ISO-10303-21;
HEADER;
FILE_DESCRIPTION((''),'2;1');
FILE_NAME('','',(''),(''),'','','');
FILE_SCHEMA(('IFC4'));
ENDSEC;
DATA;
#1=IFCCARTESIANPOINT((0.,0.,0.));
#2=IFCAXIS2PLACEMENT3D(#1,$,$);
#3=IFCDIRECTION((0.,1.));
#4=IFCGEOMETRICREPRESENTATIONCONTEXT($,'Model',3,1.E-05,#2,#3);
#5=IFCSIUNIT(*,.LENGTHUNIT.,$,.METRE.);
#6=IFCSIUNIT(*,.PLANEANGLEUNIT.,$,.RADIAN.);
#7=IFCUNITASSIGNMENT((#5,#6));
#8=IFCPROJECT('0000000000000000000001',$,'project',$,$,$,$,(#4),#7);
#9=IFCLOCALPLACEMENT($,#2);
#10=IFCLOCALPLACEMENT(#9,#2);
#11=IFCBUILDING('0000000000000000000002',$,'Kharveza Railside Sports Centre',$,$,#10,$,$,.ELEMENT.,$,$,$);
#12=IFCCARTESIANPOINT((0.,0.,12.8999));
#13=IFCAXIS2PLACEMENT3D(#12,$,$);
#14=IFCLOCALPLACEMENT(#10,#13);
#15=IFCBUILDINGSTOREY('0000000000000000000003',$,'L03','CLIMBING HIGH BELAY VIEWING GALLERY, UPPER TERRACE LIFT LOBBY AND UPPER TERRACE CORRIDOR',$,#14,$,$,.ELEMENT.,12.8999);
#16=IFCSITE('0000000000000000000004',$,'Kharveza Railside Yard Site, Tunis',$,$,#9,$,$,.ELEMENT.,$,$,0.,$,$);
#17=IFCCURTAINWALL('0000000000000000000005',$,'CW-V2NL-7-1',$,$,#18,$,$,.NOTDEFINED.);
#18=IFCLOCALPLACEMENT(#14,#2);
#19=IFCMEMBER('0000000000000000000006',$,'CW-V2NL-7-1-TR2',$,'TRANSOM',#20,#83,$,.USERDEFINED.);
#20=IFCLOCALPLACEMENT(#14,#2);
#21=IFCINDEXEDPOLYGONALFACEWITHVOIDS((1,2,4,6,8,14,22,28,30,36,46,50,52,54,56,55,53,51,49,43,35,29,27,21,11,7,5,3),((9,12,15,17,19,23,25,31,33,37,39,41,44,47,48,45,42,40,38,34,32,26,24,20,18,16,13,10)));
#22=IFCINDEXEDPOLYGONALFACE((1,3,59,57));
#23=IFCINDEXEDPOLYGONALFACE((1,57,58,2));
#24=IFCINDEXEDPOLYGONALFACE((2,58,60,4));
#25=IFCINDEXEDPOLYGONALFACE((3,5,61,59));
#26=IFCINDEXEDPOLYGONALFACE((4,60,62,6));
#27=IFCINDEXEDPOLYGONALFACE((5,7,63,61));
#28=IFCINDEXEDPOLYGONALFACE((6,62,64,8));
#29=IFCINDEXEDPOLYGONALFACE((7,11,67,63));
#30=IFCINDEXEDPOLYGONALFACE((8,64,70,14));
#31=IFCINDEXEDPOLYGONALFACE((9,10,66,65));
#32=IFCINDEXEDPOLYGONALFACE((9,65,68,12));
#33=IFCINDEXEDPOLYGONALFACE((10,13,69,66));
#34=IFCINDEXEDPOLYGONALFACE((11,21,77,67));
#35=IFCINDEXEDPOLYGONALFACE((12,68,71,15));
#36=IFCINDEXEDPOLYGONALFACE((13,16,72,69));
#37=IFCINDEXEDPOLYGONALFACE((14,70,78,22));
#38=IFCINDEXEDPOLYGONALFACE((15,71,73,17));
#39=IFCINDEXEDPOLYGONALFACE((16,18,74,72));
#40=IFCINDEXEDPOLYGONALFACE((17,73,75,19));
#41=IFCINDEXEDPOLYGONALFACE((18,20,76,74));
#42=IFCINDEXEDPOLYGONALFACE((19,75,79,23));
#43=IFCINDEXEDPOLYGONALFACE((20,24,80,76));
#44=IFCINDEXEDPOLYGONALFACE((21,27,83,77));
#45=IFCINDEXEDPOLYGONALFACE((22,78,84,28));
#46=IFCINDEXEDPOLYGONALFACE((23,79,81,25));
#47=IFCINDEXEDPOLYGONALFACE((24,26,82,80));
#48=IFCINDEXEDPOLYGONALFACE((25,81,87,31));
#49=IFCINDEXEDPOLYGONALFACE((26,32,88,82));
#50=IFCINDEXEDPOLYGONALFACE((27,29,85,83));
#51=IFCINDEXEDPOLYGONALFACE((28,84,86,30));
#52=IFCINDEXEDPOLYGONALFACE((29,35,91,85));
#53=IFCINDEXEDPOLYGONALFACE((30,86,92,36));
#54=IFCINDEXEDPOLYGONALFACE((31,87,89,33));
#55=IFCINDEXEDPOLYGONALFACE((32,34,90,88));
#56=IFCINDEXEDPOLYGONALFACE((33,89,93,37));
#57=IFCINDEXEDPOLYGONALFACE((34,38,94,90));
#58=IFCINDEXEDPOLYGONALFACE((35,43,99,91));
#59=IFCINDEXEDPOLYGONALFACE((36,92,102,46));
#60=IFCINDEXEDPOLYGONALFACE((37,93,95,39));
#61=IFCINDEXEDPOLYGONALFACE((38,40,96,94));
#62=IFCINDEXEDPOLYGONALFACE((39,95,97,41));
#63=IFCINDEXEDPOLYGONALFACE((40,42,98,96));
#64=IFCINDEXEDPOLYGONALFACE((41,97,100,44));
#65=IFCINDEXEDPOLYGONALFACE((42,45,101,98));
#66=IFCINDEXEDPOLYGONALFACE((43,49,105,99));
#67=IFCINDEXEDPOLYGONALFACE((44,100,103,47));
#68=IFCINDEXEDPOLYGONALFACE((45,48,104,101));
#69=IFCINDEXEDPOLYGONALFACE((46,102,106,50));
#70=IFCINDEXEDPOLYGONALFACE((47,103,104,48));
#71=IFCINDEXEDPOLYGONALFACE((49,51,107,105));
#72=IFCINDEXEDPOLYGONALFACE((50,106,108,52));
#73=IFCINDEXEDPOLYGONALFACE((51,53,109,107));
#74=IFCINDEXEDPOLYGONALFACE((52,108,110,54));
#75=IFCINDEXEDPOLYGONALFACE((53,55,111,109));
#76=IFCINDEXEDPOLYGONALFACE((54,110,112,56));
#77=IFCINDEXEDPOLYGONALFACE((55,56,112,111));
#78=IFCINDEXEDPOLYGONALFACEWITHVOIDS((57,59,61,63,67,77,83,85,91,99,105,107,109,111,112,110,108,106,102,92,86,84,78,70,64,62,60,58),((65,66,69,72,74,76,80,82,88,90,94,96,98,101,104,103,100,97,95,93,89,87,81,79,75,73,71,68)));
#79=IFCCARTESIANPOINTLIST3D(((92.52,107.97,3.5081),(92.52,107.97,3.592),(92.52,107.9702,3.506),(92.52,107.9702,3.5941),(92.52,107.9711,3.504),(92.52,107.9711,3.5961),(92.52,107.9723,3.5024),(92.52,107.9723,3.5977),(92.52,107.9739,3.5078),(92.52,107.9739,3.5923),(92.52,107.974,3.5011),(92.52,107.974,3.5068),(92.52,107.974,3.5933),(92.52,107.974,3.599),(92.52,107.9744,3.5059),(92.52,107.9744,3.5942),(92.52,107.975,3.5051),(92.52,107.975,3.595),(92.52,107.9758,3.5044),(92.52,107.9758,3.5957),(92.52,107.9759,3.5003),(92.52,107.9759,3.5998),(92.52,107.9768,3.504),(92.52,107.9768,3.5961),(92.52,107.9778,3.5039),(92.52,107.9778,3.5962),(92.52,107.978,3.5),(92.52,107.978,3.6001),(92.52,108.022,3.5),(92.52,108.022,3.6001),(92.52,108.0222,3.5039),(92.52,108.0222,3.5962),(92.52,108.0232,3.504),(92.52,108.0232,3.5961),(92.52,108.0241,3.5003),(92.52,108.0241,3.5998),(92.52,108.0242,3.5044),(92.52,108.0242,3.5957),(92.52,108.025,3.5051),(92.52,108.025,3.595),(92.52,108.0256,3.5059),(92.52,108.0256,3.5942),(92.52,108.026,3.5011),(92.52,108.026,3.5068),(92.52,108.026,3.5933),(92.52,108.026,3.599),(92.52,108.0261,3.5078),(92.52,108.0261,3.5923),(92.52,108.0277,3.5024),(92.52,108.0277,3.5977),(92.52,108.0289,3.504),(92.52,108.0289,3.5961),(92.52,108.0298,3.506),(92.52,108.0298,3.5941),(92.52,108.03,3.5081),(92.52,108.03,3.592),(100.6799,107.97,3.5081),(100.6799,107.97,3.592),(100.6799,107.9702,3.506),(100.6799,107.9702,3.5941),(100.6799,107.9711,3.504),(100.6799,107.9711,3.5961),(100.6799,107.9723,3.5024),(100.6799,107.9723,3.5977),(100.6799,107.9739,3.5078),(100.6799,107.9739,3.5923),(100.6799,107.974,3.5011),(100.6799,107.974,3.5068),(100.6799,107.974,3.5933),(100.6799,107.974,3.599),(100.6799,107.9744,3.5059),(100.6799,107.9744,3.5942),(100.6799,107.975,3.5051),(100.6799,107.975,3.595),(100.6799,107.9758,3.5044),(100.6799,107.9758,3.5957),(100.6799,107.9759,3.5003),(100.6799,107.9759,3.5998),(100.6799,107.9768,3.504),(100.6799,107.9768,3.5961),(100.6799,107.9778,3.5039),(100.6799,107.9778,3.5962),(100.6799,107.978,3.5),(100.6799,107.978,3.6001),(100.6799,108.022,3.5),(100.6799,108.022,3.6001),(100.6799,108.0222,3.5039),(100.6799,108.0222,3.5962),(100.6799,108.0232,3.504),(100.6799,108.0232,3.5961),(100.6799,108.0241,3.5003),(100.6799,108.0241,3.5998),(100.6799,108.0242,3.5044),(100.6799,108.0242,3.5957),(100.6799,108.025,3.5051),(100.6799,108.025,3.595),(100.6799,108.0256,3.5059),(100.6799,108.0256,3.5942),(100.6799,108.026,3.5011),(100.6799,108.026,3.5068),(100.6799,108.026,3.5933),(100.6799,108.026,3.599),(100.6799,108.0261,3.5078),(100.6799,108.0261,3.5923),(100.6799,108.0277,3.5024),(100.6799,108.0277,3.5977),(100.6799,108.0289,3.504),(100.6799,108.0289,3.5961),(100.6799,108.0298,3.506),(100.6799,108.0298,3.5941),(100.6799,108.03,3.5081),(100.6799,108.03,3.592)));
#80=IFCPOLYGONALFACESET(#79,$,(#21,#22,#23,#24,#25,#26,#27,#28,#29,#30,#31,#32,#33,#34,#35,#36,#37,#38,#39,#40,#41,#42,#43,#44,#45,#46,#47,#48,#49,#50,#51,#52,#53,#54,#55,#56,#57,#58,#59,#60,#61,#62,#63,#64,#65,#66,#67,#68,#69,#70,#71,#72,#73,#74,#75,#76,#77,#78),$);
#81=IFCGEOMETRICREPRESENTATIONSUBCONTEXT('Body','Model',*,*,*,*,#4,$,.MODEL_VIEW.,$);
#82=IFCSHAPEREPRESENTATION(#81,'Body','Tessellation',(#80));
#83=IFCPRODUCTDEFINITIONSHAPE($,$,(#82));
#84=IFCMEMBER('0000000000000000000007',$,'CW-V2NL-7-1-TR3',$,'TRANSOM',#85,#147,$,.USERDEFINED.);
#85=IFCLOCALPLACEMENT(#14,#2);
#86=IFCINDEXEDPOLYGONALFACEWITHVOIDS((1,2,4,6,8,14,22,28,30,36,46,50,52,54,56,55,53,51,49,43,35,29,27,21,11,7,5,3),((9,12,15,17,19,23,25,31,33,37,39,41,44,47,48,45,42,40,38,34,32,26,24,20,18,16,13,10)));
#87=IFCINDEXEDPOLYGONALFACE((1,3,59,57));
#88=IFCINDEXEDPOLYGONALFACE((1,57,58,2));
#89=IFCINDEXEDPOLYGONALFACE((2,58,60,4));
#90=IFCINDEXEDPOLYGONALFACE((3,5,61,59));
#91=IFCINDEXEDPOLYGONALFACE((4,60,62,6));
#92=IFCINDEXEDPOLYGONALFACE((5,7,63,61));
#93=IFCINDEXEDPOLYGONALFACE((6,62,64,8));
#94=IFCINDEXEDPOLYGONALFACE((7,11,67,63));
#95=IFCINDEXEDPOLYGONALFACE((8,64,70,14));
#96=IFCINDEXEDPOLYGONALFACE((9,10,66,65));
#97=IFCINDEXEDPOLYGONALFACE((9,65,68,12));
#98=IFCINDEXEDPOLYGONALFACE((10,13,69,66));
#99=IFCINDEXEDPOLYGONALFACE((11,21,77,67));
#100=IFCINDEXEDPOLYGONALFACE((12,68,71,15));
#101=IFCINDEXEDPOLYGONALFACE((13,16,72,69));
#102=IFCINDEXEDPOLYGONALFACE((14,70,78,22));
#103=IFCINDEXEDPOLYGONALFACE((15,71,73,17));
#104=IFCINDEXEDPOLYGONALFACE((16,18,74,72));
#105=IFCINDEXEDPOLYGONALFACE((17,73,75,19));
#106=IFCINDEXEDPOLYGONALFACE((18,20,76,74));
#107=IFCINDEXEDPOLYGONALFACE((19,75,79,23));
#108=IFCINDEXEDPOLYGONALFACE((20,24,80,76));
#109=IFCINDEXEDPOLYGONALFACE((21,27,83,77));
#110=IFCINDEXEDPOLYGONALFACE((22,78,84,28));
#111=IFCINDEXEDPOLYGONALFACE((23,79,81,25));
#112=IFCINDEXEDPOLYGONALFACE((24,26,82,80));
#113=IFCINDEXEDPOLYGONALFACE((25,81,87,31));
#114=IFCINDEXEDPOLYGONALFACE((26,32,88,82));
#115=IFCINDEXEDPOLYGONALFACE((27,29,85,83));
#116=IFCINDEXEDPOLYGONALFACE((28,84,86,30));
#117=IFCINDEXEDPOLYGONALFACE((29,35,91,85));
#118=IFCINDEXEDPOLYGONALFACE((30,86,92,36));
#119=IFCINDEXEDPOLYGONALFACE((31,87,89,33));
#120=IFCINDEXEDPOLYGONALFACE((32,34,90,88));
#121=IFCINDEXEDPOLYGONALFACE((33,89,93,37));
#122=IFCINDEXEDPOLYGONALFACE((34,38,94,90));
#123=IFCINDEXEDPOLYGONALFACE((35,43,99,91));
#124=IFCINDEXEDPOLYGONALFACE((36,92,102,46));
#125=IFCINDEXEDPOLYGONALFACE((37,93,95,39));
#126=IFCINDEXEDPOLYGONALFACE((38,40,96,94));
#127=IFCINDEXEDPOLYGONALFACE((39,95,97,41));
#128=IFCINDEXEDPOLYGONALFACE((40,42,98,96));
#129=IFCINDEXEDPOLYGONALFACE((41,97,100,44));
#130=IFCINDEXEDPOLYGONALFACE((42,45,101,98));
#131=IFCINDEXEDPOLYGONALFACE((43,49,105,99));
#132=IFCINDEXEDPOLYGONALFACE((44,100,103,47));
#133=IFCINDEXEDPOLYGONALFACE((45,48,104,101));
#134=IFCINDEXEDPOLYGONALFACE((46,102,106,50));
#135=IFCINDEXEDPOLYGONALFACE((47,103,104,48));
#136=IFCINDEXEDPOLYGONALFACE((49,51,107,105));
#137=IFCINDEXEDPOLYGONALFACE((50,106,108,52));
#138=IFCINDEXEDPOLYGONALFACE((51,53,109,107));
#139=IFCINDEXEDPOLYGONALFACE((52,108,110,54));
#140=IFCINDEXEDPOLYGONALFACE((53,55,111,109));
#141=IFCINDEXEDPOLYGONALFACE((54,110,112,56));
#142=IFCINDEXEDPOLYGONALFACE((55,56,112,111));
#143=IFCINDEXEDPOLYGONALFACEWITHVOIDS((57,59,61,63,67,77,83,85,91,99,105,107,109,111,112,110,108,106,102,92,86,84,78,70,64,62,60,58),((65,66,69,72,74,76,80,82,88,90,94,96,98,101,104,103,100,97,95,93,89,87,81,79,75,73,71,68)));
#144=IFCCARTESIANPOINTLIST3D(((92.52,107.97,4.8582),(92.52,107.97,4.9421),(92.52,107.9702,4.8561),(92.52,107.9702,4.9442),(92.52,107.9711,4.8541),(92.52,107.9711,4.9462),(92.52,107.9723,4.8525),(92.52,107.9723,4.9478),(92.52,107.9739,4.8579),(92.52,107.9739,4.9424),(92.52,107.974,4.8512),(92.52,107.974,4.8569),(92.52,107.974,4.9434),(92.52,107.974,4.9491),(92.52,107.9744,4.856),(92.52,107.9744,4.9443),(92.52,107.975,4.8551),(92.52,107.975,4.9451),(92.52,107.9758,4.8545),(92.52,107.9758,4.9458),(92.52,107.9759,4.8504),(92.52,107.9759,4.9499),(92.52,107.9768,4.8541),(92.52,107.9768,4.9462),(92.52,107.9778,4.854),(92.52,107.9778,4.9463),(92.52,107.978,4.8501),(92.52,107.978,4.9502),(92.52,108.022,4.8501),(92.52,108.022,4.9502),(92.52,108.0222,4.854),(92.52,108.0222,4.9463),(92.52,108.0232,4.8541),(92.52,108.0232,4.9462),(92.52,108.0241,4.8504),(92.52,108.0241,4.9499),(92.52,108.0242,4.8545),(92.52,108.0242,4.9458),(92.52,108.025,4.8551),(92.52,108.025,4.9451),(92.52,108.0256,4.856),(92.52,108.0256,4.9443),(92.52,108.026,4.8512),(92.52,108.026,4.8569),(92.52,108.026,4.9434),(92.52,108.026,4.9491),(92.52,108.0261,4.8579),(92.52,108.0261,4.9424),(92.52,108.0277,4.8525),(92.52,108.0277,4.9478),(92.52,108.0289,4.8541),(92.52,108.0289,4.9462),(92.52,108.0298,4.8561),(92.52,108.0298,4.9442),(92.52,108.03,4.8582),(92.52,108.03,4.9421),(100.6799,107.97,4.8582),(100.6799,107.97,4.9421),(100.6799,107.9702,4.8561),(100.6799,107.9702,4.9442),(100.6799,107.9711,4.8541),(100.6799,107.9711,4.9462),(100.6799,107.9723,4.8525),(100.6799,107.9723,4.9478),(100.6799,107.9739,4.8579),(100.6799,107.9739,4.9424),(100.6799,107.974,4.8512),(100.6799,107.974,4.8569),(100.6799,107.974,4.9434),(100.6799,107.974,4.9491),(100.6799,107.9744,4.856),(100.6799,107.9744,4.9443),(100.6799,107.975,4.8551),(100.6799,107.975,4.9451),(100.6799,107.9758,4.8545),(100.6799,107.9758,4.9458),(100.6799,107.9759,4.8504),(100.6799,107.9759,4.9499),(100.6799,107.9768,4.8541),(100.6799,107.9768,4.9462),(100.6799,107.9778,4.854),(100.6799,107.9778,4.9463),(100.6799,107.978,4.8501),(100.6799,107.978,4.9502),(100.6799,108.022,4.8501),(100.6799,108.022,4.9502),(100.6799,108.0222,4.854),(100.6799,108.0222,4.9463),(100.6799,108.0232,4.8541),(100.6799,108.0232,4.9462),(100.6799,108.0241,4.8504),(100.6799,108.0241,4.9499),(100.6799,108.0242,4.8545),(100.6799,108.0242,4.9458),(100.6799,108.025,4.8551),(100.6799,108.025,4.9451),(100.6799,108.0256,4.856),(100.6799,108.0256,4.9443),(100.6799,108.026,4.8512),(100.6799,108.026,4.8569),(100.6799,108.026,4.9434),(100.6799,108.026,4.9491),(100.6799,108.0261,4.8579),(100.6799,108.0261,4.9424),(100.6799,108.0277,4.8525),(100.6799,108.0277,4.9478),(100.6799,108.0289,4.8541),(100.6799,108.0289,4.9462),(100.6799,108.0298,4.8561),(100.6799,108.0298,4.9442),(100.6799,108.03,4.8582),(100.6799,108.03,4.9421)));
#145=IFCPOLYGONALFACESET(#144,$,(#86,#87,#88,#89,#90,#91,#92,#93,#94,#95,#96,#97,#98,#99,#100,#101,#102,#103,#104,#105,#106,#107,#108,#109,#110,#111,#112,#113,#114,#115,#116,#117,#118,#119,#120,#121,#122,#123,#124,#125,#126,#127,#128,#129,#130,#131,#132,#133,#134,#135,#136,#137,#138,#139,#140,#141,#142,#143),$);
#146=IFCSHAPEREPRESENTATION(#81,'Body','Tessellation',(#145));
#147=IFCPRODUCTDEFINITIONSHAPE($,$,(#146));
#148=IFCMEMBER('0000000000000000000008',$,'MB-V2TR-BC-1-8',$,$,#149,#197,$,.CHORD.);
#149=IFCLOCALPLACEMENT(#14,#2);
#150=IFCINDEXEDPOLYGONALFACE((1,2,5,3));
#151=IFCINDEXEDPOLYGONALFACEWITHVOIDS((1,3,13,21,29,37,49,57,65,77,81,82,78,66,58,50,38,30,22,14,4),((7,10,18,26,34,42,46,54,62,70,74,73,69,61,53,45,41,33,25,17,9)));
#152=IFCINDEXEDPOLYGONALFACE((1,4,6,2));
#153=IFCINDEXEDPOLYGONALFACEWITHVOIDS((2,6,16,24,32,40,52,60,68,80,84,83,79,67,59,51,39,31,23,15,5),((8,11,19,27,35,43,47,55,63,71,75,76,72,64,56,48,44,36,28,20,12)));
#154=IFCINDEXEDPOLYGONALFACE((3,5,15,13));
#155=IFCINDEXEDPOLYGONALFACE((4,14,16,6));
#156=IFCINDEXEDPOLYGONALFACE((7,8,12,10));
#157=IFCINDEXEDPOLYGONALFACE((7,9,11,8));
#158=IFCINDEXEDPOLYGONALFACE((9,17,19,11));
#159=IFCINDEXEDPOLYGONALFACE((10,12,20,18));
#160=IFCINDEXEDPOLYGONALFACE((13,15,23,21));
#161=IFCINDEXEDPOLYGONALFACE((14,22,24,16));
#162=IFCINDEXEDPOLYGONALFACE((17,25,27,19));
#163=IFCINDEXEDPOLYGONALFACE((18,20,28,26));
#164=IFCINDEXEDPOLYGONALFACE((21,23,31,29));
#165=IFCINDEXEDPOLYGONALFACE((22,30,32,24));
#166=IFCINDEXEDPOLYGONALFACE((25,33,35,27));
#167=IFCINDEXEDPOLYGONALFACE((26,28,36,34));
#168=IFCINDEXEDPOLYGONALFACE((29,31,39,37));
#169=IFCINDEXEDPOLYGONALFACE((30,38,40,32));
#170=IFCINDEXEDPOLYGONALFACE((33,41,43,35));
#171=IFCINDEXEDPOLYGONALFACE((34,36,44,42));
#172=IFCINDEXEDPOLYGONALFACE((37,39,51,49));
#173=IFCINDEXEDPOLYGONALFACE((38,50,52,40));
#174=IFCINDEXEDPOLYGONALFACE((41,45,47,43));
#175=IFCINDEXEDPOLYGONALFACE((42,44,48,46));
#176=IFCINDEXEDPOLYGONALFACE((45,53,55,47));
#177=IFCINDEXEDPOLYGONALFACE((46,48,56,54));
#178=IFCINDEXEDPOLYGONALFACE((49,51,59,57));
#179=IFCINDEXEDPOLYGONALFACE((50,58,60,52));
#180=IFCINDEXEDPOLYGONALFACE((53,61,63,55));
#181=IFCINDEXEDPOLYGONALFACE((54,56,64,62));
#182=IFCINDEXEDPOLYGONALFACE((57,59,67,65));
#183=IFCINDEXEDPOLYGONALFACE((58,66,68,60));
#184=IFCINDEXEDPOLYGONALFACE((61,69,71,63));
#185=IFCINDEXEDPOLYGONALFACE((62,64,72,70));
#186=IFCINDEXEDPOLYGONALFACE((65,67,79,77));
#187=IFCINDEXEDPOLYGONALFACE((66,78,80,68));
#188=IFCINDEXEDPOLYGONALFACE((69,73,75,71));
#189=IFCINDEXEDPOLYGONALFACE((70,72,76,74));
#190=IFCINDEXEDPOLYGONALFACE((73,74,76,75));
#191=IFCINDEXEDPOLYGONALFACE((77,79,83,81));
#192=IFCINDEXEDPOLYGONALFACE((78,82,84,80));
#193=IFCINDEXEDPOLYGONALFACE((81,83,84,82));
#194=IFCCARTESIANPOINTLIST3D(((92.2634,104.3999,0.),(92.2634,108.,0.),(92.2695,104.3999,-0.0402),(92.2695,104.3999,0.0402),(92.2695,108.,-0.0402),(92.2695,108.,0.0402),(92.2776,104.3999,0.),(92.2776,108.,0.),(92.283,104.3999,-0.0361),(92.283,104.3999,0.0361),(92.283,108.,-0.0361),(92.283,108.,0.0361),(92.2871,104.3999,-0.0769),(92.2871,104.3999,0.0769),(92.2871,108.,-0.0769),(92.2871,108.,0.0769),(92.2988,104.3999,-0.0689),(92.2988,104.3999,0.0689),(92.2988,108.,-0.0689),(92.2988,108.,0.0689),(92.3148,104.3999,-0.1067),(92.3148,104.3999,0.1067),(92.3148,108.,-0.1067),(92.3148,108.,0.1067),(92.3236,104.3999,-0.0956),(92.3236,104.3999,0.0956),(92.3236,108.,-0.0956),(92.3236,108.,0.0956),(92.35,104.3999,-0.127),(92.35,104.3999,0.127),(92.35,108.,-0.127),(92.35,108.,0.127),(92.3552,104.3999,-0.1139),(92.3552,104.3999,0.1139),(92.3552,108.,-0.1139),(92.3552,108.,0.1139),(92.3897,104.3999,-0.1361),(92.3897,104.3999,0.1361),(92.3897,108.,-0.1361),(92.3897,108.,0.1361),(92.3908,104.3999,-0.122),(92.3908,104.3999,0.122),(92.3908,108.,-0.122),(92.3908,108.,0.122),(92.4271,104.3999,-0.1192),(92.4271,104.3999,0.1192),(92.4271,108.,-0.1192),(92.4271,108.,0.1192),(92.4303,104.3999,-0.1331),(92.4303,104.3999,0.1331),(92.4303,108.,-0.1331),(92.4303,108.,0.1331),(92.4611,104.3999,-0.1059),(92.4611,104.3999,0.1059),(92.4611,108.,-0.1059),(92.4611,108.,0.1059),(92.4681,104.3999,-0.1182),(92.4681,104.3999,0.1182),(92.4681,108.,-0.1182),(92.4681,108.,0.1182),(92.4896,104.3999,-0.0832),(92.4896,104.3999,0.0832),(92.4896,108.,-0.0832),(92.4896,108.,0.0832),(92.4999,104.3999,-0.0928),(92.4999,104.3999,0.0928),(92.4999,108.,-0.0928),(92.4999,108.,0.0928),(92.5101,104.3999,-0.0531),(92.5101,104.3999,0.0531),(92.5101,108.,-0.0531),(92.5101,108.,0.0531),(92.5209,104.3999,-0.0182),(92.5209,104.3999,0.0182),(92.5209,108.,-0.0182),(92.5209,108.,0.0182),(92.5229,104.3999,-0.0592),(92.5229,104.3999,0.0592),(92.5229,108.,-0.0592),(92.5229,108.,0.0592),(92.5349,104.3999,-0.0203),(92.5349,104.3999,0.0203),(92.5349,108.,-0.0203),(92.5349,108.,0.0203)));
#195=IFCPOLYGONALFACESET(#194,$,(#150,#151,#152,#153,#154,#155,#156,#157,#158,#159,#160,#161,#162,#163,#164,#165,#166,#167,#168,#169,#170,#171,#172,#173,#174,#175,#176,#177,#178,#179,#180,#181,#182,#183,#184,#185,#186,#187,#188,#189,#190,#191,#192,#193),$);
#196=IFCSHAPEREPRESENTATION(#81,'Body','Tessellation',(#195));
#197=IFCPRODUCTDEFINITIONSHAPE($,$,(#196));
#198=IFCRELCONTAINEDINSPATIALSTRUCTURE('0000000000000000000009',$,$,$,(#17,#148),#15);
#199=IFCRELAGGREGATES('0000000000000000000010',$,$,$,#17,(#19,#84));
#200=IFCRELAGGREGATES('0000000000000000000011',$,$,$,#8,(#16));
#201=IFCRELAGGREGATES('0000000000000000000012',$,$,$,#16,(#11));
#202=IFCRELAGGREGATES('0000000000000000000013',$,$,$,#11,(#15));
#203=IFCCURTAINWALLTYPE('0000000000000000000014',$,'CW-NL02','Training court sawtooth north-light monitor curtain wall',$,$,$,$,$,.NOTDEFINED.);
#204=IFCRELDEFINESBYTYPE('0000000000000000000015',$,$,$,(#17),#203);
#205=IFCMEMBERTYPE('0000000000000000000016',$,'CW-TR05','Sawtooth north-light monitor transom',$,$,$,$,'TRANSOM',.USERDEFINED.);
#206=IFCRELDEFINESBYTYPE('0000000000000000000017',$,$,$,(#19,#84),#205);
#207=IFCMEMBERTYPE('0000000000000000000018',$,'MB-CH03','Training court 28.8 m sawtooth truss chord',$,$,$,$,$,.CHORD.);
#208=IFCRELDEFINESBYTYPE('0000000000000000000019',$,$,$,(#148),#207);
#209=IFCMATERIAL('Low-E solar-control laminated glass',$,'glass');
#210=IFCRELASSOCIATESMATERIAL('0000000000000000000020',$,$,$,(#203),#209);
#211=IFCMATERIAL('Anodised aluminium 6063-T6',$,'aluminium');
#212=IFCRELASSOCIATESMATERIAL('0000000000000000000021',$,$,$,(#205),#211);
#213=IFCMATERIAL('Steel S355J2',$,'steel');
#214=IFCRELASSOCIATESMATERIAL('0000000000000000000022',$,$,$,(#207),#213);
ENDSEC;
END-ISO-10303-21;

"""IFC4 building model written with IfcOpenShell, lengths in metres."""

from ifc_helpers import new_model, si_unit, direction, frame, origin, origin_2d, place, context, subcontext, project, spatial, hollow_rectangle, hollow_circle, extrude, material, material_profile, profile_set, type_object, element, aggregate, save


model = new_model("IFC4")

# Units and contexts
model_context = context("Model", 3, precision=1e-05, world=origin(), true_north=direction((0.0, 1.0)))
body_context = subcontext(model_context, "Body", "Model", "MODEL_VIEW")
ifc_project = project(units=[si_unit("LENGTHUNIT", "METRE"), si_unit("PLANEANGLEUNIT", "RADIAN")], contexts=[model_context])

# Site, building, storey
site_placement = place(None, origin())
site = spatial("IfcSite", under=ifc_project, at=site_placement, Name="Kharveza Railside Yard Site, Tunis", CompositionType="ELEMENT", RefElevation=0.0)
building_placement = place(site_placement, origin())
building = spatial("IfcBuilding", under=site, at=building_placement, Name="Kharveza Railside Sports Centre", CompositionType="ELEMENT")
storey_placement = place(building_placement, frame((0.0, 0.0, 12.8999)))
storey = spatial("IfcBuildingStorey", under=building, at=storey_placement, Name="L03", Description="CLIMBING HIGH BELAY VIEWING GALLERY, UPPER TERRACE LIFT LOBBY AND UPPER TERRACE CORRIDOR", CompositionType="ELEMENT", Elevation=12.8999)

# Shared definitions
ifc_material_1 = material(Name="Steel S355J2", Category="steel")

# Curtain wall
ifc_material_2 = material(Name="Low-E solar-control laminated glass", Category="glass")
curtain_wall_type = type_object("IfcCurtainWallType", Name="CW-NL02", Description="Training court sawtooth north-light monitor curtain wall", PredefinedType="NOTDEFINED", material=ifc_material_2)
ifc_material_3 = material(Name="Anodised aluminium 6063-T6", Category="aluminium")
curtain_wall_1_placement = place(storey_placement, origin())
curtain_wall_1 = element("IfcCurtainWall", 1, at=curtain_wall_1_placement, inside=storey, type_object=curtain_wall_type, Name="CW-V2NL-7-1", PredefinedType="NOTDEFINED")

# Members
ifc_material_profile_1 = material_profile(ifc_material_3, hollow_rectangle(XDim=0.0601, YDim=0.1001, WallThickness=0.0039, InnerFilletRadius=0.0039, OuterFilletRadius=0.0081, at=origin_2d()), Name="RHS 60x100x4.0")
ifc_profile_set_1 = profile_set([ifc_material_profile_1], Name="Anodised aluminium 6063-T6")
member_type_1 = type_object("IfcMemberType", Name="CW-TR05", Description="Sawtooth north-light monitor transom", ElementType="TRANSOM", PredefinedType="USERDEFINED", material=ifc_profile_set_1)
member_1_placement = place(storey_placement, frame((92.52, 108.0, 3.55), z_axis=(1.0, 0.0, 0.0), x_axis=(0.0, 1.0, 0.0)))
member_1 = element("IfcMember", 2, at=member_1_placement, type_object=member_type_1, Name="CW-V2NL-7-1-TR2", ObjectType="TRANSOM", PredefinedType="USERDEFINED", context=body_context, shape_type="SweptSolid", body=[
    extrude(hollow_rectangle(XDim=0.0601, YDim=0.1001, WallThickness=0.0039, InnerFilletRadius=0.0039, OuterFilletRadius=0.0081, at=origin_2d()), origin(), (0.0, 0.0, 1.0), 8.1599),
])
member_2_placement = place(storey_placement, frame((92.52, 108.0, 4.9001), z_axis=(1.0, 0.0, 0.0), x_axis=(0.0, 1.0, 0.0)))
member_2 = element("IfcMember", 3, at=member_2_placement, type_object=member_type_1, Name="CW-V2NL-7-1-TR3", ObjectType="TRANSOM", PredefinedType="USERDEFINED", context=body_context, shape_type="SweptSolid", body=[
    extrude(hollow_rectangle(XDim=0.0601, YDim=0.1001, WallThickness=0.0039, InnerFilletRadius=0.0039, OuterFilletRadius=0.0081, at=origin_2d()), origin(), (0.0, 0.0, 1.0), 8.1599),
])

# Member
ifc_material_profile_2 = material_profile(ifc_material_1, hollow_circle(Radius=0.1365, WallThickness=0.0142, at=origin_2d()), Name="CHS 273.0x14.2")
ifc_profile_set_2 = profile_set([ifc_material_profile_2], Name="Steel S355J2")
member_type_2 = type_object("IfcMemberType", Name="MB-CH03", Description="Training court 28.8 m sawtooth truss chord", PredefinedType="CHORD", material=ifc_profile_set_2)
for number, where, z_axis, x_axis, name in (
    (4, (92.3999, 104.3999, 0.0), (0.0, 1.0, 0.0), (-1.0, 0.0, 0.0), "MB-V2TR-BC-1-8"),
):
    element("IfcMember", number, at=place(storey_placement, frame(where, z_axis=z_axis, x_axis=x_axis)), inside=storey, type_object=member_type_2, Name=name, PredefinedType="CHORD", context=body_context, shape_type="SweptSolid", body=[
        extrude(hollow_circle(Radius=0.1365, WallThickness=0.0142, at=origin_2d()), origin(), (0.0, 0.0, 1.0), 3.6001),
    ])

aggregate(curtain_wall_1, [member_1, member_2])

save(model, "model.ifc")
